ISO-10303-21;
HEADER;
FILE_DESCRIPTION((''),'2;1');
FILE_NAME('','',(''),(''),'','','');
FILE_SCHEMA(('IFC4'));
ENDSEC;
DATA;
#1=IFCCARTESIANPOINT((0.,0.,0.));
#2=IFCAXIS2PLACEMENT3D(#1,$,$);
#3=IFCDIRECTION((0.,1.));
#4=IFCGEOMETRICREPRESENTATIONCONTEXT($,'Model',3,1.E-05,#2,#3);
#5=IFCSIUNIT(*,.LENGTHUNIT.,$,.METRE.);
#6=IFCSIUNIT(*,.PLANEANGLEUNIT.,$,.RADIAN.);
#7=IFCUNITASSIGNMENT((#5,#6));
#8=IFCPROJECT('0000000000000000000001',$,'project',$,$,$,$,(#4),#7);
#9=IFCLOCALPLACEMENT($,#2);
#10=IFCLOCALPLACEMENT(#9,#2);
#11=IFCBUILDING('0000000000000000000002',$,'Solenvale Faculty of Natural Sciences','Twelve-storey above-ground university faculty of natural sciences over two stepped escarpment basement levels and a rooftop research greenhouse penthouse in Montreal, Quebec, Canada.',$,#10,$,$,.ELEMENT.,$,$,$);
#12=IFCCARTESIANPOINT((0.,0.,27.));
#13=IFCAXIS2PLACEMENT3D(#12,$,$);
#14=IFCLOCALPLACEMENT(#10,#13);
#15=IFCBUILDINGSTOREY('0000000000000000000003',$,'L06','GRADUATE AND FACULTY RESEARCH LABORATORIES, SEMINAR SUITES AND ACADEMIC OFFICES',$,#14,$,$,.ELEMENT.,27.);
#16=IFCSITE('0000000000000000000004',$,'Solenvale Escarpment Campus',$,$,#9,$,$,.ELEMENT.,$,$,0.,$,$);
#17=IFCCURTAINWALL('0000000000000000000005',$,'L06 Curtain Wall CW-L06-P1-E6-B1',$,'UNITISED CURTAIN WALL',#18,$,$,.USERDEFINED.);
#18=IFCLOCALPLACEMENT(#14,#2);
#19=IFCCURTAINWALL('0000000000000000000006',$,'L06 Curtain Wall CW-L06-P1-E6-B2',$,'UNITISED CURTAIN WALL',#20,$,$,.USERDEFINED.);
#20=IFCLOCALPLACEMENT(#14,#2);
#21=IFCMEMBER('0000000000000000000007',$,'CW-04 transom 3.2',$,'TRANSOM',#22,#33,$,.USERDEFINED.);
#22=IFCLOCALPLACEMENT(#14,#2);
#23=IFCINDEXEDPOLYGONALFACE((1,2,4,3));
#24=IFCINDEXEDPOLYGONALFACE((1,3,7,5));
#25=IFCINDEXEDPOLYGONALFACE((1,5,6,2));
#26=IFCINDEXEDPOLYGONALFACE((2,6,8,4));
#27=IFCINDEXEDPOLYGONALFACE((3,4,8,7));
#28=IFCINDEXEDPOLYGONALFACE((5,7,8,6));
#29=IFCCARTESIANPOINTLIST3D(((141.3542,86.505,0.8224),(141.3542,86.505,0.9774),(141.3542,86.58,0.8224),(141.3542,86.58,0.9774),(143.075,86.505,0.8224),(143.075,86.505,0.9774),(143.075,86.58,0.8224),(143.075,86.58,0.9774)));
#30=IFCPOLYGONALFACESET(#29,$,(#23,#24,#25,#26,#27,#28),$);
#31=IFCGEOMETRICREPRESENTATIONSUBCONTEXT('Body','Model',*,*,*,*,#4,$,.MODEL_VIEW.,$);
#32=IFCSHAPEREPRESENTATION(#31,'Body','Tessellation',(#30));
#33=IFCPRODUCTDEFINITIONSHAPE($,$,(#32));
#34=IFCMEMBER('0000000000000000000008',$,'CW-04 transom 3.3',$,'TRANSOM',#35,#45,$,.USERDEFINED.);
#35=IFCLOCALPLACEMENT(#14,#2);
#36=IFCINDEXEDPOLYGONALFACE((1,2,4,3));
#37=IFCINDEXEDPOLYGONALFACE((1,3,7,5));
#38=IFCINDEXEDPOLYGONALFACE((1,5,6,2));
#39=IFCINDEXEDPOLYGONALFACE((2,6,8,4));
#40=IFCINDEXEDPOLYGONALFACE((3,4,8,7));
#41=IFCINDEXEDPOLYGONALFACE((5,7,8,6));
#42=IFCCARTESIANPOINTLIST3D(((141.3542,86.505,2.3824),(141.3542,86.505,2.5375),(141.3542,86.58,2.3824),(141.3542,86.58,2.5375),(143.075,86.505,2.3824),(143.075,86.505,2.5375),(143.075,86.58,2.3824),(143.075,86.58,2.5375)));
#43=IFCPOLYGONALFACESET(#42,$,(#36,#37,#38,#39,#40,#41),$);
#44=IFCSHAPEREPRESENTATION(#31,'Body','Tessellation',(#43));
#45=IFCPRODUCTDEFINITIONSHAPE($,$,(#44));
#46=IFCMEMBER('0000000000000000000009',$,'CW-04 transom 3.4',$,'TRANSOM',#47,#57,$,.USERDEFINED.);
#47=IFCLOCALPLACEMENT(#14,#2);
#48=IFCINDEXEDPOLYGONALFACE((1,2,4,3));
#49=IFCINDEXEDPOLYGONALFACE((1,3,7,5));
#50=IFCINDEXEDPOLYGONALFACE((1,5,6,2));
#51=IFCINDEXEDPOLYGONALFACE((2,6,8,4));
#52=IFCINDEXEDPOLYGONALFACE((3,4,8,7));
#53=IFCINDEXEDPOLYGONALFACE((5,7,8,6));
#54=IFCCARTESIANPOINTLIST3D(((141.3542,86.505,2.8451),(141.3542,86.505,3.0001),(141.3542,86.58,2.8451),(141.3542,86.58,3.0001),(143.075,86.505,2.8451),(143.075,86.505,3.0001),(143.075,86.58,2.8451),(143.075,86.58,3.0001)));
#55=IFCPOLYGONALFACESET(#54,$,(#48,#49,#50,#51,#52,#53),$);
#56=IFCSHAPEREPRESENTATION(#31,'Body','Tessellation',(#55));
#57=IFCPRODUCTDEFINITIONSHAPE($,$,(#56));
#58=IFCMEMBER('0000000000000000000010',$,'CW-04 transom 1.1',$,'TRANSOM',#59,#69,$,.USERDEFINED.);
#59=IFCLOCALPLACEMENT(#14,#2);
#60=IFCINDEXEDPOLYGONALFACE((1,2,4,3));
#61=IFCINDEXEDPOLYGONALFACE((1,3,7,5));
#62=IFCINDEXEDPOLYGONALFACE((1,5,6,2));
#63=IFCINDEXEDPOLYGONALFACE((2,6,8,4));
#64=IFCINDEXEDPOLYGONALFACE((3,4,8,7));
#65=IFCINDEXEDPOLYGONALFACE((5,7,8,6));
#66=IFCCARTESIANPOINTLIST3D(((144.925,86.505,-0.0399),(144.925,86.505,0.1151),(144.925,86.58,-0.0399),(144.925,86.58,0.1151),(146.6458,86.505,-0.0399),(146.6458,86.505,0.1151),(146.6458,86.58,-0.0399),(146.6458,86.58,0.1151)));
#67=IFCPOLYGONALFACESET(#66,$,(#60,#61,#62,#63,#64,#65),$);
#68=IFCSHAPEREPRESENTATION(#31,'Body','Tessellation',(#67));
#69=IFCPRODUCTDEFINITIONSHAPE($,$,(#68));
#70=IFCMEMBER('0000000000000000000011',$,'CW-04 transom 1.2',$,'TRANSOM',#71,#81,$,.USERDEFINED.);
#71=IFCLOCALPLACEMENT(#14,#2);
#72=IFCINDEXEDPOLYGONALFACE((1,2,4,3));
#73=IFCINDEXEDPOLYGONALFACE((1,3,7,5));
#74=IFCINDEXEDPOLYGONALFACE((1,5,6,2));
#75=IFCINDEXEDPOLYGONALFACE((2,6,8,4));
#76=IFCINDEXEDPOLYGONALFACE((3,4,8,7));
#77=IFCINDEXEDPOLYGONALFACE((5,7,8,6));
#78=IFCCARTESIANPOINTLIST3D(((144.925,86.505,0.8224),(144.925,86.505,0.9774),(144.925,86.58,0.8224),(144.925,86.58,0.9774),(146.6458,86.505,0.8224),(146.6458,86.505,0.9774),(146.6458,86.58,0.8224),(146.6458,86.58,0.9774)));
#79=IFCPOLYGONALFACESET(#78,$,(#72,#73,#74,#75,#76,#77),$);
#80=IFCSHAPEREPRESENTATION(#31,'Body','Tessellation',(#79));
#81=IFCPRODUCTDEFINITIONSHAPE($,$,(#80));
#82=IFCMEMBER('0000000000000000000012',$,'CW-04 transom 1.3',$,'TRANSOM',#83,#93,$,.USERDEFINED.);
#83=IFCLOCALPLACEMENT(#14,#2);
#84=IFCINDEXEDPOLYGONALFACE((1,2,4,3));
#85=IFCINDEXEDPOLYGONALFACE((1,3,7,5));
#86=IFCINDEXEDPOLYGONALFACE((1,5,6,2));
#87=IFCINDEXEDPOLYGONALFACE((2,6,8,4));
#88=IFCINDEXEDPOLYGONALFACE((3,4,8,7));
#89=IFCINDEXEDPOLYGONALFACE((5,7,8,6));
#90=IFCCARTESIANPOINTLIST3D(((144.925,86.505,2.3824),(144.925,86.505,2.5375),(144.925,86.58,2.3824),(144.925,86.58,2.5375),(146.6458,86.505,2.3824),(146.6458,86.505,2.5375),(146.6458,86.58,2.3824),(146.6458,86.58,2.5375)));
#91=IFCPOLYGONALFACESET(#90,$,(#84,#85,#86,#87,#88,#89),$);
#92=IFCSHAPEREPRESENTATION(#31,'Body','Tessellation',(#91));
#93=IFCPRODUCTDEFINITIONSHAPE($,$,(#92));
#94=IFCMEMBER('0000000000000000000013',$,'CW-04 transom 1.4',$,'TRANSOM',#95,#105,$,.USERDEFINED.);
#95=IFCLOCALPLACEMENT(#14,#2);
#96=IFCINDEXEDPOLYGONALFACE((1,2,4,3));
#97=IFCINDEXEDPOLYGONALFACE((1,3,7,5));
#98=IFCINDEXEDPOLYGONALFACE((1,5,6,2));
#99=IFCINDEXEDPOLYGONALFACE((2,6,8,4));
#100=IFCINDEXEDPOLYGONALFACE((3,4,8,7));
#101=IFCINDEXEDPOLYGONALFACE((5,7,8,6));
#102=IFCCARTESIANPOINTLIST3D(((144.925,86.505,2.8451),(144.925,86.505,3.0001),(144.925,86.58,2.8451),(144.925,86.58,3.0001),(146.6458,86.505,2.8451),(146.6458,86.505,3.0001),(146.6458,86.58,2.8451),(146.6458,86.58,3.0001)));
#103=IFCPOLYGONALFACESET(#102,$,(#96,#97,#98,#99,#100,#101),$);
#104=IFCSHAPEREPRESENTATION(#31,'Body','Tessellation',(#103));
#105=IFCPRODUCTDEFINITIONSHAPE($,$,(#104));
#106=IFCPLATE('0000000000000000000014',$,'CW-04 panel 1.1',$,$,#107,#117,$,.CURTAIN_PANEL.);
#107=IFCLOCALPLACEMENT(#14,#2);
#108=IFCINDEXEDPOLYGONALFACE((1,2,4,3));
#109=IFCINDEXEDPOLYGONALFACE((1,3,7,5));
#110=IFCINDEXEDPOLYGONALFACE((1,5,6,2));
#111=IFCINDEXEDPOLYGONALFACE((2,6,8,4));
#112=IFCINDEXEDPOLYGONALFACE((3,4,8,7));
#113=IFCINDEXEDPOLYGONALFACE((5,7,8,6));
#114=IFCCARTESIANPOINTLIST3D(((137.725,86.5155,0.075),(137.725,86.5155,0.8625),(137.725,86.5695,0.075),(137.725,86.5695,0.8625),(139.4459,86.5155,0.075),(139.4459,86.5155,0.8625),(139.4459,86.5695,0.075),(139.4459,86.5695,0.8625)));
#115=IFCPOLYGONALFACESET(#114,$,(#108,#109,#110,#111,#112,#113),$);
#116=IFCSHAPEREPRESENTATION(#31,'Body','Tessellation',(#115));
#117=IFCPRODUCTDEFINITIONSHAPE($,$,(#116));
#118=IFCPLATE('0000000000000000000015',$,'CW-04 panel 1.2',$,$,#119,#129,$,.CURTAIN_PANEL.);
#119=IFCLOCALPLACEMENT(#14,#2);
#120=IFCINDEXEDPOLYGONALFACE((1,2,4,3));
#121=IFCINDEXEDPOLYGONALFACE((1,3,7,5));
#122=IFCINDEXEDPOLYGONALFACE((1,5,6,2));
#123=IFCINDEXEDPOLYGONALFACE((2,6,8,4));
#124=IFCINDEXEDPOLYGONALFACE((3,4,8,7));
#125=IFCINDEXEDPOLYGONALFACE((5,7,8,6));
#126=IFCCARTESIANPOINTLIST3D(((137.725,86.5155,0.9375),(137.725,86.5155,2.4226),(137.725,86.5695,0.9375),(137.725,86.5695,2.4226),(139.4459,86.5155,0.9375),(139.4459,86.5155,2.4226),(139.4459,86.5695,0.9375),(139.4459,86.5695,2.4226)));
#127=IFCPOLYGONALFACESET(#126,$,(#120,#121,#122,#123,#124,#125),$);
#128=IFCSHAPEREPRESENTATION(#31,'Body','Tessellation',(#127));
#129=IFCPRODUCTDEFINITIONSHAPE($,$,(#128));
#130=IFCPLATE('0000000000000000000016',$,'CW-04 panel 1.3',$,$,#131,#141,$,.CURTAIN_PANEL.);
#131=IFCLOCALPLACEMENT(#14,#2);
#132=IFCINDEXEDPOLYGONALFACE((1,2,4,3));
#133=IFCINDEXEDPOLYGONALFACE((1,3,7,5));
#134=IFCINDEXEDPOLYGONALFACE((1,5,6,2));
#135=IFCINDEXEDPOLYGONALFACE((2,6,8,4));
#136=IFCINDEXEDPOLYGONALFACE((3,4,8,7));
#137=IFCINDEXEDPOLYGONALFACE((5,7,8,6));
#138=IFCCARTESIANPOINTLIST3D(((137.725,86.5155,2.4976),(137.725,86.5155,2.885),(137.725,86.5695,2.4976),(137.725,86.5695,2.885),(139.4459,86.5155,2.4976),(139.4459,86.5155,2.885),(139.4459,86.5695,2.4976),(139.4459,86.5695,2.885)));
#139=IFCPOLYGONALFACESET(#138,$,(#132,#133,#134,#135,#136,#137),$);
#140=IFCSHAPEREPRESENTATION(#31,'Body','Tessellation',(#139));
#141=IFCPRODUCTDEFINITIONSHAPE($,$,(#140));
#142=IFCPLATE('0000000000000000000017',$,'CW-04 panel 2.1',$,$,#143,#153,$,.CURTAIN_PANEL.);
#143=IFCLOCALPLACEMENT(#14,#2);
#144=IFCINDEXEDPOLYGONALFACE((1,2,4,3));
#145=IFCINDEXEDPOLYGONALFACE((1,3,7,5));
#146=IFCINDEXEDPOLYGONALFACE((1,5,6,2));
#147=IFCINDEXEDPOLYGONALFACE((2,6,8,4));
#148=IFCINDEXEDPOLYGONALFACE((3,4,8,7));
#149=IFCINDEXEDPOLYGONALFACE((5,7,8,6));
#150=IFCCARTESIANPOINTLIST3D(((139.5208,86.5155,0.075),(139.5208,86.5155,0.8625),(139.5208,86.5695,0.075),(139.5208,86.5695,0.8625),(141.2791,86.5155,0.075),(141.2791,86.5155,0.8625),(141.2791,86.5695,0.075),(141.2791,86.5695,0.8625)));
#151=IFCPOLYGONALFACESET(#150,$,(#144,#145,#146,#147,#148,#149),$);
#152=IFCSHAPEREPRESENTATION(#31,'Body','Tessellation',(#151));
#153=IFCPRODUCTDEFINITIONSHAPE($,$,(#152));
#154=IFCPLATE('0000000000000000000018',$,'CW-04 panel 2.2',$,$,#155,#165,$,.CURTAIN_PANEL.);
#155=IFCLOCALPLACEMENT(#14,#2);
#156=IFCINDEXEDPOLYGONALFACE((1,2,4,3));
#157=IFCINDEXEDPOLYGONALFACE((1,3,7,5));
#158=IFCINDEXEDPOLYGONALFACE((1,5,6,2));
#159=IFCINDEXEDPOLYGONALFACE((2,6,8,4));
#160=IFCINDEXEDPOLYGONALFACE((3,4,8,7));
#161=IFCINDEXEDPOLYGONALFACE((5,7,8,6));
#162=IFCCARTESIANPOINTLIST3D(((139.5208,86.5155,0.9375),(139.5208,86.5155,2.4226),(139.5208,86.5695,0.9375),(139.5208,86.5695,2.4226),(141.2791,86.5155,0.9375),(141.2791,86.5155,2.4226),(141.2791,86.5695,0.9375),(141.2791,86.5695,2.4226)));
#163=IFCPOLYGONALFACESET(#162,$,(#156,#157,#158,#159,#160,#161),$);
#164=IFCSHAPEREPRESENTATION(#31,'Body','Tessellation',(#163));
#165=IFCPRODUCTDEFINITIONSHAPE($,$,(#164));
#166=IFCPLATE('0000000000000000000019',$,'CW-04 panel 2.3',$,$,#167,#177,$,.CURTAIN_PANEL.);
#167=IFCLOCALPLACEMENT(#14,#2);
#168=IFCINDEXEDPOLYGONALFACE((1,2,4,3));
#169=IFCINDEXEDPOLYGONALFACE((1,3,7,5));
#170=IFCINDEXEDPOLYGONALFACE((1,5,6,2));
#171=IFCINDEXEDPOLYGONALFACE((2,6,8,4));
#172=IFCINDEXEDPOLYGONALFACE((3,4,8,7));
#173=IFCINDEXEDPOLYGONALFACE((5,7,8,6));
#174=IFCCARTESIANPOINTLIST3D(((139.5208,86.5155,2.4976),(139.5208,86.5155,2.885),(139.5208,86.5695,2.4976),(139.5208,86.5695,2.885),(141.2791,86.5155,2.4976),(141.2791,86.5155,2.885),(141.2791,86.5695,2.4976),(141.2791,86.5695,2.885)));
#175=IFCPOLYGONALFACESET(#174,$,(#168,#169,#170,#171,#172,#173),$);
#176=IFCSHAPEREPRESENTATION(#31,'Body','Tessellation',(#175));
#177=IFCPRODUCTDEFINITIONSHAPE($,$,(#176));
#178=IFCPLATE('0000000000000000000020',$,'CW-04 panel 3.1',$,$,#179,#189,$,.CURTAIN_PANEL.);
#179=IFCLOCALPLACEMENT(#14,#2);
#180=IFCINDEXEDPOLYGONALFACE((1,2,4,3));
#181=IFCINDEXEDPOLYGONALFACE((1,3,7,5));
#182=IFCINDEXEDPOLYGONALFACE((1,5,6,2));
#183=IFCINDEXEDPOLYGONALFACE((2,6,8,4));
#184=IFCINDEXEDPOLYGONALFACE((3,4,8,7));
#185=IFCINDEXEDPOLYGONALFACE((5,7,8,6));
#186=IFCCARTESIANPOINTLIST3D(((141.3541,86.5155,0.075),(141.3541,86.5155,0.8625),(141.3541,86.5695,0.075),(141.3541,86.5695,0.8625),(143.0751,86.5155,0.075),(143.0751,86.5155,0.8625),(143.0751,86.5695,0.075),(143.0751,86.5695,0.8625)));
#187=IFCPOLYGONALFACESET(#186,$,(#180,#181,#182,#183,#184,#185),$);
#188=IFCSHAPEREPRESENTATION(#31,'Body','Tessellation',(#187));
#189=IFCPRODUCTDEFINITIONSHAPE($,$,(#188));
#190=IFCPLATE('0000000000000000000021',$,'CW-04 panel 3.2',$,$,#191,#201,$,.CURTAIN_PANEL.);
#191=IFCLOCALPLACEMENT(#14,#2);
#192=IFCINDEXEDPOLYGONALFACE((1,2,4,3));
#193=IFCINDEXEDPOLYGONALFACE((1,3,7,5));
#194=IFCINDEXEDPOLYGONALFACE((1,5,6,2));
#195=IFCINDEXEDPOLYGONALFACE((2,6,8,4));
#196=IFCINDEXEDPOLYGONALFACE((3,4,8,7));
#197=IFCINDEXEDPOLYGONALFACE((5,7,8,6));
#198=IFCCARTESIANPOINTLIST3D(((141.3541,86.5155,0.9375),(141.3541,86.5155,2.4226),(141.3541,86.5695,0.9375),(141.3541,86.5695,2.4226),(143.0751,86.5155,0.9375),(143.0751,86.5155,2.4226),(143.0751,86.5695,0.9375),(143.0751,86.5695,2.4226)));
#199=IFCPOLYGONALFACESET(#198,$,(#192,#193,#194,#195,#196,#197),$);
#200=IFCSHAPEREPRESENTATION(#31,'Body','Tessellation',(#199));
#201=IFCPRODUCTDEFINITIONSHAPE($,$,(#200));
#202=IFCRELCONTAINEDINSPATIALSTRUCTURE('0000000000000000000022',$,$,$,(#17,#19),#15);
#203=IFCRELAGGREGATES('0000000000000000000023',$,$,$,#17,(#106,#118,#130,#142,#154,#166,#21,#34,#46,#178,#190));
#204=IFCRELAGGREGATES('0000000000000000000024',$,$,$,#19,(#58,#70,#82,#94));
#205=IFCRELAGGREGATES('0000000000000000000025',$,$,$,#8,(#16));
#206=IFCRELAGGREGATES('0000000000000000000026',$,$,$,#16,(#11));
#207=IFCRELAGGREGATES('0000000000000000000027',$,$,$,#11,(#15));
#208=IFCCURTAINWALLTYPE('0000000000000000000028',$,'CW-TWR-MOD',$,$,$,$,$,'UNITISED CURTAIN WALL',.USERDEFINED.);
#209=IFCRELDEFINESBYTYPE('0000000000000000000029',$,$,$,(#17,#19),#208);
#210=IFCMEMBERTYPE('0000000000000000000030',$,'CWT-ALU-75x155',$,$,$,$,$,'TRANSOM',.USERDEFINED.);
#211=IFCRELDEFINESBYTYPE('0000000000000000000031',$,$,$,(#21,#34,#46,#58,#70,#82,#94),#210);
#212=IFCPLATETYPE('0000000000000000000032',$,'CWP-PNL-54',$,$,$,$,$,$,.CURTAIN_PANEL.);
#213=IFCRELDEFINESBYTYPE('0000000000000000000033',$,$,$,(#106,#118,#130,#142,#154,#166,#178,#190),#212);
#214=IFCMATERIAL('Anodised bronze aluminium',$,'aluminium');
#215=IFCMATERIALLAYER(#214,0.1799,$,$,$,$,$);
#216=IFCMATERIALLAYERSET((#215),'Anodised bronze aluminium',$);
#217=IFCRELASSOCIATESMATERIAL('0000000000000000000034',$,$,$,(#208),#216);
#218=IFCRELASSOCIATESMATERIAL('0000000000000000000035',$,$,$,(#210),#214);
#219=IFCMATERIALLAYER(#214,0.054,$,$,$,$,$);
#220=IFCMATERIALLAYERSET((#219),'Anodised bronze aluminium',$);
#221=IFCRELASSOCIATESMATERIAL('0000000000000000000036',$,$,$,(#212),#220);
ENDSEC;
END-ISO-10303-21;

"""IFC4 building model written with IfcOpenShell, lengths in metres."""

from ifc_helpers import new_model, si_unit, direction, frame, origin, origin_2d, place, context, subcontext, project, spatial, rectangle, extrude, material, layer, layer_set, material_profile, profile_set, type_object, element, aggregate, save


model = new_model("IFC4")

# Units and contexts
model_context = context("Model", 3, precision=1e-05, world=origin(), true_north=direction((0.0, 1.0)))
body_context = subcontext(model_context, "Body", "Model", "MODEL_VIEW")
ifc_project = project(units=[si_unit("LENGTHUNIT", "METRE"), si_unit("PLANEANGLEUNIT", "RADIAN")], contexts=[model_context])

# Site, building, storey
site_placement = place(None, origin())
site = spatial("IfcSite", under=ifc_project, at=site_placement, Name="Solenvale Escarpment Campus", CompositionType="ELEMENT", RefElevation=0.0)
building_placement = place(site_placement, origin())
building = spatial("IfcBuilding", under=site, at=building_placement, Name="Solenvale Faculty of Natural Sciences", Description="Twelve-storey above-ground university faculty of natural sciences over two stepped escarpment basement levels and a rooftop research greenhouse penthouse in Montreal, Quebec, Canada.", CompositionType="ELEMENT")
storey_placement = place(building_placement, frame((0.0, 0.0, 27.0)))
storey = spatial("IfcBuildingStorey", under=building, at=storey_placement, Name="L06", Description="GRADUATE AND FACULTY RESEARCH LABORATORIES, SEMINAR SUITES AND ACADEMIC OFFICES", CompositionType="ELEMENT", Elevation=27.0)

# Curtain wall
ifc_material_1 = material(Name="Anodised bronze aluminium", Category="aluminium")
ifc_layer_1 = layer(ifc_material_1, 0.1799)
ifc_layer_set_1 = layer_set([ifc_layer_1], Name="Anodised bronze aluminium")
curtain_wall_type = type_object("IfcCurtainWallType", Name="CW-TWR-MOD", ElementType="UNITISED CURTAIN WALL", PredefinedType="USERDEFINED", material=ifc_layer_set_1)
curtain_wall_1_placement = place(storey_placement, origin())
curtain_wall_1 = element("IfcCurtainWall", 1, at=curtain_wall_1_placement, inside=storey, type_object=curtain_wall_type, Name="L06 Curtain Wall CW-L06-P1-E6-B1", ObjectType="UNITISED CURTAIN WALL", PredefinedType="USERDEFINED")

# Curtain wall
curtain_wall_2_placement = place(storey_placement, origin())
curtain_wall_2 = element("IfcCurtainWall", 2, at=curtain_wall_2_placement, inside=storey, type_object=curtain_wall_type, Name="L06 Curtain Wall CW-L06-P1-E6-B2", ObjectType="UNITISED CURTAIN WALL", PredefinedType="USERDEFINED")

# Members
ifc_material_profile_1 = material_profile(ifc_material_1, rectangle(XDim=0.075, YDim=0.155, at=origin_2d()), Name="ALU-TRN-75x155")
ifc_profile_set_1 = profile_set([ifc_material_profile_1], Name="Anodised bronze aluminium")
member_type_1 = type_object("IfcMemberType", Name="CWT-ALU-75x155", ElementType="TRANSOM", PredefinedType="USERDEFINED", material=ifc_profile_set_1)
member_1_placement = place(storey_placement, frame((141.3542, 86.5425, 0.8999), z_axis=(1.0, 0.0, 0.0), x_axis=(0.0, 1.0, 0.0)))
member_1 = element("IfcMember", 3, at=member_1_placement, type_object=member_type_1, Name="CW-04 transom 3.2", ObjectType="TRANSOM", PredefinedType="USERDEFINED", context=body_context, shape_type="SweptSolid", body=[
    extrude(rectangle(XDim=0.075, YDim=0.155, at=origin_2d()), origin(), (0.0, 0.0, 1.0), 1.7207),
])
member_2_placement = place(storey_placement, frame((141.3542, 86.5425, 2.46), z_axis=(1.0, 0.0, 0.0), x_axis=(0.0, 1.0, 0.0)))
member_2 = element("IfcMember", 4, at=member_2_placement, type_object=member_type_1, Name="CW-04 transom 3.3", ObjectType="TRANSOM", PredefinedType="USERDEFINED", context=body_context, shape_type="SweptSolid", body=[
    extrude(rectangle(XDim=0.075, YDim=0.155, at=origin_2d()), origin(), (0.0, 0.0, 1.0), 1.7207),
])
member_3_placement = place(storey_placement, frame((141.3542, 86.5425, 2.9226), z_axis=(1.0, 0.0, 0.0), x_axis=(0.0, 1.0, 0.0)))
member_3 = element("IfcMember", 5, at=member_3_placement, type_object=member_type_1, Name="CW-04 transom 3.4", ObjectType="TRANSOM", PredefinedType="USERDEFINED", context=body_context, shape_type="SweptSolid", body=[
    extrude(rectangle(XDim=0.075, YDim=0.155, at=origin_2d()), origin(), (0.0, 0.0, 1.0), 1.7207),
])
member_4_placement = place(storey_placement, frame((144.925, 86.5425, 0.0376), z_axis=(1.0, 0.0, 0.0), x_axis=(0.0, 1.0, 0.0)))
member_4 = element("IfcMember", 6, at=member_4_placement, type_object=member_type_1, Name="CW-04 transom 1.1", ObjectType="TRANSOM", PredefinedType="USERDEFINED", context=body_context, shape_type="SweptSolid", body=[
    extrude(rectangle(XDim=0.075, YDim=0.155, at=origin_2d()), origin(), (0.0, 0.0, 1.0), 1.7207),
])
member_5_placement = place(storey_placement, frame((144.925, 86.5425, 0.8999), z_axis=(1.0, 0.0, 0.0), x_axis=(0.0, 1.0, 0.0)))
member_5 = element("IfcMember", 7, at=member_5_placement, type_object=member_type_1, Name="CW-04 transom 1.2", ObjectType="TRANSOM", PredefinedType="USERDEFINED", context=body_context, shape_type="SweptSolid", body=[
    extrude(rectangle(XDim=0.075, YDim=0.155, at=origin_2d()), origin(), (0.0, 0.0, 1.0), 1.7207),
])
member_6_placement = place(storey_placement, frame((144.925, 86.5425, 2.46), z_axis=(1.0, 0.0, 0.0), x_axis=(0.0, 1.0, 0.0)))
member_6 = element("IfcMember", 8, at=member_6_placement, type_object=member_type_1, Name="CW-04 transom 1.3", ObjectType="TRANSOM", PredefinedType="USERDEFINED", context=body_context, shape_type="SweptSolid", body=[
    extrude(rectangle(XDim=0.075, YDim=0.155, at=origin_2d()), origin(), (0.0, 0.0, 1.0), 1.7207),
])
member_7_placement = place(storey_placement, frame((144.925, 86.5425, 2.9226), z_axis=(1.0, 0.0, 0.0), x_axis=(0.0, 1.0, 0.0)))
member_7 = element("IfcMember", 9, at=member_7_placement, type_object=member_type_1, Name="CW-04 transom 1.4", ObjectType="TRANSOM", PredefinedType="USERDEFINED", context=body_context, shape_type="SweptSolid", body=[
    extrude(rectangle(XDim=0.075, YDim=0.155, at=origin_2d()), origin(), (0.0, 0.0, 1.0), 1.7207),
])

# Plates
ifc_layer_2 = layer(ifc_material_1, 0.054)
ifc_layer_set_2 = layer_set([ifc_layer_2], Name="Anodised bronze aluminium")
plate_type_1 = type_object("IfcPlateType", Name="CWP-PNL-54", PredefinedType="CURTAIN_PANEL", material=ifc_layer_set_2)
plate_1_placement = place(storey_placement, frame((138.5854, 86.5425, 0.075), z_axis=(0.0, 0.0, 1.0), x_axis=(1.0, 0.0, 0.0)))
plate_1 = element("IfcPlate", 10, at=plate_1_placement, type_object=plate_type_1, Name="CW-04 panel 1.1", PredefinedType="CURTAIN_PANEL", context=body_context, shape_type="SweptSolid", body=[
    extrude(rectangle(XDim=1.7209, YDim=0.054, at=origin_2d()), origin(), (0.0, 0.0, 1.0), 0.7876),
])
plate_2_placement = place(storey_placement, frame((138.5854, 86.5425, 0.9375), z_axis=(0.0, 0.0, 1.0), x_axis=(1.0, 0.0, 0.0)))
plate_2 = element("IfcPlate", 11, at=plate_2_placement, type_object=plate_type_1, Name="CW-04 panel 1.2", PredefinedType="CURTAIN_PANEL", context=body_context, shape_type="SweptSolid", body=[
    extrude(rectangle(XDim=1.7209, YDim=0.054, at=origin_2d()), origin(), (0.0, 0.0, 1.0), 1.4851),
])
plate_3_placement = place(storey_placement, frame((138.5854, 86.5425, 2.4976), z_axis=(0.0, 0.0, 1.0), x_axis=(1.0, 0.0, 0.0)))
plate_3 = element("IfcPlate", 12, at=plate_3_placement, type_object=plate_type_1, Name="CW-04 panel 1.3", PredefinedType="CURTAIN_PANEL", context=body_context, shape_type="SweptSolid", body=[
    extrude(rectangle(XDim=1.7209, YDim=0.054, at=origin_2d()), origin(), (0.0, 0.0, 1.0), 0.3875),
])
plate_4_placement = place(storey_placement, frame((140.3999, 86.5425, 0.075), z_axis=(0.0, 0.0, 1.0), x_axis=(1.0, 0.0, 0.0)))
plate_4 = element("IfcPlate", 13, at=plate_4_placement, type_object=plate_type_1, Name="CW-04 panel 2.1", PredefinedType="CURTAIN_PANEL", context=body_context, shape_type="SweptSolid", body=[
    extrude(rectangle(XDim=1.7583, YDim=0.054, at=origin_2d()), origin(), (0.0, 0.0, 1.0), 0.7876),
])
plate_5_placement = place(storey_placement, frame((140.3999, 86.5425, 0.9375), z_axis=(0.0, 0.0, 1.0), x_axis=(1.0, 0.0, 0.0)))
plate_5 = element("IfcPlate", 14, at=plate_5_placement, type_object=plate_type_1, Name="CW-04 panel 2.2", PredefinedType="CURTAIN_PANEL", context=body_context, shape_type="SweptSolid", body=[
    extrude(rectangle(XDim=1.7583, YDim=0.054, at=origin_2d()), origin(), (0.0, 0.0, 1.0), 1.4851),
])
plate_6_placement = place(storey_placement, frame((140.3999, 86.5425, 2.4976), z_axis=(0.0, 0.0, 1.0), x_axis=(1.0, 0.0, 0.0)))
plate_6 = element("IfcPlate", 15, at=plate_6_placement, type_object=plate_type_1, Name="CW-04 panel 2.3", PredefinedType="CURTAIN_PANEL", context=body_context, shape_type="SweptSolid", body=[
    extrude(rectangle(XDim=1.7583, YDim=0.054, at=origin_2d()), origin(), (0.0, 0.0, 1.0), 0.3875),
])
plate_7_placement = place(storey_placement, frame((142.2146, 86.5425, 0.075), z_axis=(0.0, 0.0, 1.0), x_axis=(1.0, 0.0, 0.0)))
plate_7 = element("IfcPlate", 16, at=plate_7_placement, type_object=plate_type_1, Name="CW-04 panel 3.1", PredefinedType="CURTAIN_PANEL", context=body_context, shape_type="SweptSolid", body=[
    extrude(rectangle(XDim=1.7209, YDim=0.054, at=origin_2d()), origin(), (0.0, 0.0, 1.0), 0.7876),
])
plate_8_placement = place(storey_placement, frame((142.2146, 86.5425, 0.9375), z_axis=(0.0, 0.0, 1.0), x_axis=(1.0, 0.0, 0.0)))
plate_8 = element("IfcPlate", 17, at=plate_8_placement, type_object=plate_type_1, Name="CW-04 panel 3.2", PredefinedType="CURTAIN_PANEL", context=body_context, shape_type="SweptSolid", body=[
    extrude(rectangle(XDim=1.7209, YDim=0.054, at=origin_2d()), origin(), (0.0, 0.0, 1.0), 1.4851),
])
aggregate(curtain_wall_1, [plate_1, plate_2, plate_3, plate_4, plate_5, plate_6, member_1, member_2, member_3, plate_7, plate_8])
aggregate(curtain_wall_2, [member_4, member_5, member_6, member_7])

save(model, "model.ifc")
